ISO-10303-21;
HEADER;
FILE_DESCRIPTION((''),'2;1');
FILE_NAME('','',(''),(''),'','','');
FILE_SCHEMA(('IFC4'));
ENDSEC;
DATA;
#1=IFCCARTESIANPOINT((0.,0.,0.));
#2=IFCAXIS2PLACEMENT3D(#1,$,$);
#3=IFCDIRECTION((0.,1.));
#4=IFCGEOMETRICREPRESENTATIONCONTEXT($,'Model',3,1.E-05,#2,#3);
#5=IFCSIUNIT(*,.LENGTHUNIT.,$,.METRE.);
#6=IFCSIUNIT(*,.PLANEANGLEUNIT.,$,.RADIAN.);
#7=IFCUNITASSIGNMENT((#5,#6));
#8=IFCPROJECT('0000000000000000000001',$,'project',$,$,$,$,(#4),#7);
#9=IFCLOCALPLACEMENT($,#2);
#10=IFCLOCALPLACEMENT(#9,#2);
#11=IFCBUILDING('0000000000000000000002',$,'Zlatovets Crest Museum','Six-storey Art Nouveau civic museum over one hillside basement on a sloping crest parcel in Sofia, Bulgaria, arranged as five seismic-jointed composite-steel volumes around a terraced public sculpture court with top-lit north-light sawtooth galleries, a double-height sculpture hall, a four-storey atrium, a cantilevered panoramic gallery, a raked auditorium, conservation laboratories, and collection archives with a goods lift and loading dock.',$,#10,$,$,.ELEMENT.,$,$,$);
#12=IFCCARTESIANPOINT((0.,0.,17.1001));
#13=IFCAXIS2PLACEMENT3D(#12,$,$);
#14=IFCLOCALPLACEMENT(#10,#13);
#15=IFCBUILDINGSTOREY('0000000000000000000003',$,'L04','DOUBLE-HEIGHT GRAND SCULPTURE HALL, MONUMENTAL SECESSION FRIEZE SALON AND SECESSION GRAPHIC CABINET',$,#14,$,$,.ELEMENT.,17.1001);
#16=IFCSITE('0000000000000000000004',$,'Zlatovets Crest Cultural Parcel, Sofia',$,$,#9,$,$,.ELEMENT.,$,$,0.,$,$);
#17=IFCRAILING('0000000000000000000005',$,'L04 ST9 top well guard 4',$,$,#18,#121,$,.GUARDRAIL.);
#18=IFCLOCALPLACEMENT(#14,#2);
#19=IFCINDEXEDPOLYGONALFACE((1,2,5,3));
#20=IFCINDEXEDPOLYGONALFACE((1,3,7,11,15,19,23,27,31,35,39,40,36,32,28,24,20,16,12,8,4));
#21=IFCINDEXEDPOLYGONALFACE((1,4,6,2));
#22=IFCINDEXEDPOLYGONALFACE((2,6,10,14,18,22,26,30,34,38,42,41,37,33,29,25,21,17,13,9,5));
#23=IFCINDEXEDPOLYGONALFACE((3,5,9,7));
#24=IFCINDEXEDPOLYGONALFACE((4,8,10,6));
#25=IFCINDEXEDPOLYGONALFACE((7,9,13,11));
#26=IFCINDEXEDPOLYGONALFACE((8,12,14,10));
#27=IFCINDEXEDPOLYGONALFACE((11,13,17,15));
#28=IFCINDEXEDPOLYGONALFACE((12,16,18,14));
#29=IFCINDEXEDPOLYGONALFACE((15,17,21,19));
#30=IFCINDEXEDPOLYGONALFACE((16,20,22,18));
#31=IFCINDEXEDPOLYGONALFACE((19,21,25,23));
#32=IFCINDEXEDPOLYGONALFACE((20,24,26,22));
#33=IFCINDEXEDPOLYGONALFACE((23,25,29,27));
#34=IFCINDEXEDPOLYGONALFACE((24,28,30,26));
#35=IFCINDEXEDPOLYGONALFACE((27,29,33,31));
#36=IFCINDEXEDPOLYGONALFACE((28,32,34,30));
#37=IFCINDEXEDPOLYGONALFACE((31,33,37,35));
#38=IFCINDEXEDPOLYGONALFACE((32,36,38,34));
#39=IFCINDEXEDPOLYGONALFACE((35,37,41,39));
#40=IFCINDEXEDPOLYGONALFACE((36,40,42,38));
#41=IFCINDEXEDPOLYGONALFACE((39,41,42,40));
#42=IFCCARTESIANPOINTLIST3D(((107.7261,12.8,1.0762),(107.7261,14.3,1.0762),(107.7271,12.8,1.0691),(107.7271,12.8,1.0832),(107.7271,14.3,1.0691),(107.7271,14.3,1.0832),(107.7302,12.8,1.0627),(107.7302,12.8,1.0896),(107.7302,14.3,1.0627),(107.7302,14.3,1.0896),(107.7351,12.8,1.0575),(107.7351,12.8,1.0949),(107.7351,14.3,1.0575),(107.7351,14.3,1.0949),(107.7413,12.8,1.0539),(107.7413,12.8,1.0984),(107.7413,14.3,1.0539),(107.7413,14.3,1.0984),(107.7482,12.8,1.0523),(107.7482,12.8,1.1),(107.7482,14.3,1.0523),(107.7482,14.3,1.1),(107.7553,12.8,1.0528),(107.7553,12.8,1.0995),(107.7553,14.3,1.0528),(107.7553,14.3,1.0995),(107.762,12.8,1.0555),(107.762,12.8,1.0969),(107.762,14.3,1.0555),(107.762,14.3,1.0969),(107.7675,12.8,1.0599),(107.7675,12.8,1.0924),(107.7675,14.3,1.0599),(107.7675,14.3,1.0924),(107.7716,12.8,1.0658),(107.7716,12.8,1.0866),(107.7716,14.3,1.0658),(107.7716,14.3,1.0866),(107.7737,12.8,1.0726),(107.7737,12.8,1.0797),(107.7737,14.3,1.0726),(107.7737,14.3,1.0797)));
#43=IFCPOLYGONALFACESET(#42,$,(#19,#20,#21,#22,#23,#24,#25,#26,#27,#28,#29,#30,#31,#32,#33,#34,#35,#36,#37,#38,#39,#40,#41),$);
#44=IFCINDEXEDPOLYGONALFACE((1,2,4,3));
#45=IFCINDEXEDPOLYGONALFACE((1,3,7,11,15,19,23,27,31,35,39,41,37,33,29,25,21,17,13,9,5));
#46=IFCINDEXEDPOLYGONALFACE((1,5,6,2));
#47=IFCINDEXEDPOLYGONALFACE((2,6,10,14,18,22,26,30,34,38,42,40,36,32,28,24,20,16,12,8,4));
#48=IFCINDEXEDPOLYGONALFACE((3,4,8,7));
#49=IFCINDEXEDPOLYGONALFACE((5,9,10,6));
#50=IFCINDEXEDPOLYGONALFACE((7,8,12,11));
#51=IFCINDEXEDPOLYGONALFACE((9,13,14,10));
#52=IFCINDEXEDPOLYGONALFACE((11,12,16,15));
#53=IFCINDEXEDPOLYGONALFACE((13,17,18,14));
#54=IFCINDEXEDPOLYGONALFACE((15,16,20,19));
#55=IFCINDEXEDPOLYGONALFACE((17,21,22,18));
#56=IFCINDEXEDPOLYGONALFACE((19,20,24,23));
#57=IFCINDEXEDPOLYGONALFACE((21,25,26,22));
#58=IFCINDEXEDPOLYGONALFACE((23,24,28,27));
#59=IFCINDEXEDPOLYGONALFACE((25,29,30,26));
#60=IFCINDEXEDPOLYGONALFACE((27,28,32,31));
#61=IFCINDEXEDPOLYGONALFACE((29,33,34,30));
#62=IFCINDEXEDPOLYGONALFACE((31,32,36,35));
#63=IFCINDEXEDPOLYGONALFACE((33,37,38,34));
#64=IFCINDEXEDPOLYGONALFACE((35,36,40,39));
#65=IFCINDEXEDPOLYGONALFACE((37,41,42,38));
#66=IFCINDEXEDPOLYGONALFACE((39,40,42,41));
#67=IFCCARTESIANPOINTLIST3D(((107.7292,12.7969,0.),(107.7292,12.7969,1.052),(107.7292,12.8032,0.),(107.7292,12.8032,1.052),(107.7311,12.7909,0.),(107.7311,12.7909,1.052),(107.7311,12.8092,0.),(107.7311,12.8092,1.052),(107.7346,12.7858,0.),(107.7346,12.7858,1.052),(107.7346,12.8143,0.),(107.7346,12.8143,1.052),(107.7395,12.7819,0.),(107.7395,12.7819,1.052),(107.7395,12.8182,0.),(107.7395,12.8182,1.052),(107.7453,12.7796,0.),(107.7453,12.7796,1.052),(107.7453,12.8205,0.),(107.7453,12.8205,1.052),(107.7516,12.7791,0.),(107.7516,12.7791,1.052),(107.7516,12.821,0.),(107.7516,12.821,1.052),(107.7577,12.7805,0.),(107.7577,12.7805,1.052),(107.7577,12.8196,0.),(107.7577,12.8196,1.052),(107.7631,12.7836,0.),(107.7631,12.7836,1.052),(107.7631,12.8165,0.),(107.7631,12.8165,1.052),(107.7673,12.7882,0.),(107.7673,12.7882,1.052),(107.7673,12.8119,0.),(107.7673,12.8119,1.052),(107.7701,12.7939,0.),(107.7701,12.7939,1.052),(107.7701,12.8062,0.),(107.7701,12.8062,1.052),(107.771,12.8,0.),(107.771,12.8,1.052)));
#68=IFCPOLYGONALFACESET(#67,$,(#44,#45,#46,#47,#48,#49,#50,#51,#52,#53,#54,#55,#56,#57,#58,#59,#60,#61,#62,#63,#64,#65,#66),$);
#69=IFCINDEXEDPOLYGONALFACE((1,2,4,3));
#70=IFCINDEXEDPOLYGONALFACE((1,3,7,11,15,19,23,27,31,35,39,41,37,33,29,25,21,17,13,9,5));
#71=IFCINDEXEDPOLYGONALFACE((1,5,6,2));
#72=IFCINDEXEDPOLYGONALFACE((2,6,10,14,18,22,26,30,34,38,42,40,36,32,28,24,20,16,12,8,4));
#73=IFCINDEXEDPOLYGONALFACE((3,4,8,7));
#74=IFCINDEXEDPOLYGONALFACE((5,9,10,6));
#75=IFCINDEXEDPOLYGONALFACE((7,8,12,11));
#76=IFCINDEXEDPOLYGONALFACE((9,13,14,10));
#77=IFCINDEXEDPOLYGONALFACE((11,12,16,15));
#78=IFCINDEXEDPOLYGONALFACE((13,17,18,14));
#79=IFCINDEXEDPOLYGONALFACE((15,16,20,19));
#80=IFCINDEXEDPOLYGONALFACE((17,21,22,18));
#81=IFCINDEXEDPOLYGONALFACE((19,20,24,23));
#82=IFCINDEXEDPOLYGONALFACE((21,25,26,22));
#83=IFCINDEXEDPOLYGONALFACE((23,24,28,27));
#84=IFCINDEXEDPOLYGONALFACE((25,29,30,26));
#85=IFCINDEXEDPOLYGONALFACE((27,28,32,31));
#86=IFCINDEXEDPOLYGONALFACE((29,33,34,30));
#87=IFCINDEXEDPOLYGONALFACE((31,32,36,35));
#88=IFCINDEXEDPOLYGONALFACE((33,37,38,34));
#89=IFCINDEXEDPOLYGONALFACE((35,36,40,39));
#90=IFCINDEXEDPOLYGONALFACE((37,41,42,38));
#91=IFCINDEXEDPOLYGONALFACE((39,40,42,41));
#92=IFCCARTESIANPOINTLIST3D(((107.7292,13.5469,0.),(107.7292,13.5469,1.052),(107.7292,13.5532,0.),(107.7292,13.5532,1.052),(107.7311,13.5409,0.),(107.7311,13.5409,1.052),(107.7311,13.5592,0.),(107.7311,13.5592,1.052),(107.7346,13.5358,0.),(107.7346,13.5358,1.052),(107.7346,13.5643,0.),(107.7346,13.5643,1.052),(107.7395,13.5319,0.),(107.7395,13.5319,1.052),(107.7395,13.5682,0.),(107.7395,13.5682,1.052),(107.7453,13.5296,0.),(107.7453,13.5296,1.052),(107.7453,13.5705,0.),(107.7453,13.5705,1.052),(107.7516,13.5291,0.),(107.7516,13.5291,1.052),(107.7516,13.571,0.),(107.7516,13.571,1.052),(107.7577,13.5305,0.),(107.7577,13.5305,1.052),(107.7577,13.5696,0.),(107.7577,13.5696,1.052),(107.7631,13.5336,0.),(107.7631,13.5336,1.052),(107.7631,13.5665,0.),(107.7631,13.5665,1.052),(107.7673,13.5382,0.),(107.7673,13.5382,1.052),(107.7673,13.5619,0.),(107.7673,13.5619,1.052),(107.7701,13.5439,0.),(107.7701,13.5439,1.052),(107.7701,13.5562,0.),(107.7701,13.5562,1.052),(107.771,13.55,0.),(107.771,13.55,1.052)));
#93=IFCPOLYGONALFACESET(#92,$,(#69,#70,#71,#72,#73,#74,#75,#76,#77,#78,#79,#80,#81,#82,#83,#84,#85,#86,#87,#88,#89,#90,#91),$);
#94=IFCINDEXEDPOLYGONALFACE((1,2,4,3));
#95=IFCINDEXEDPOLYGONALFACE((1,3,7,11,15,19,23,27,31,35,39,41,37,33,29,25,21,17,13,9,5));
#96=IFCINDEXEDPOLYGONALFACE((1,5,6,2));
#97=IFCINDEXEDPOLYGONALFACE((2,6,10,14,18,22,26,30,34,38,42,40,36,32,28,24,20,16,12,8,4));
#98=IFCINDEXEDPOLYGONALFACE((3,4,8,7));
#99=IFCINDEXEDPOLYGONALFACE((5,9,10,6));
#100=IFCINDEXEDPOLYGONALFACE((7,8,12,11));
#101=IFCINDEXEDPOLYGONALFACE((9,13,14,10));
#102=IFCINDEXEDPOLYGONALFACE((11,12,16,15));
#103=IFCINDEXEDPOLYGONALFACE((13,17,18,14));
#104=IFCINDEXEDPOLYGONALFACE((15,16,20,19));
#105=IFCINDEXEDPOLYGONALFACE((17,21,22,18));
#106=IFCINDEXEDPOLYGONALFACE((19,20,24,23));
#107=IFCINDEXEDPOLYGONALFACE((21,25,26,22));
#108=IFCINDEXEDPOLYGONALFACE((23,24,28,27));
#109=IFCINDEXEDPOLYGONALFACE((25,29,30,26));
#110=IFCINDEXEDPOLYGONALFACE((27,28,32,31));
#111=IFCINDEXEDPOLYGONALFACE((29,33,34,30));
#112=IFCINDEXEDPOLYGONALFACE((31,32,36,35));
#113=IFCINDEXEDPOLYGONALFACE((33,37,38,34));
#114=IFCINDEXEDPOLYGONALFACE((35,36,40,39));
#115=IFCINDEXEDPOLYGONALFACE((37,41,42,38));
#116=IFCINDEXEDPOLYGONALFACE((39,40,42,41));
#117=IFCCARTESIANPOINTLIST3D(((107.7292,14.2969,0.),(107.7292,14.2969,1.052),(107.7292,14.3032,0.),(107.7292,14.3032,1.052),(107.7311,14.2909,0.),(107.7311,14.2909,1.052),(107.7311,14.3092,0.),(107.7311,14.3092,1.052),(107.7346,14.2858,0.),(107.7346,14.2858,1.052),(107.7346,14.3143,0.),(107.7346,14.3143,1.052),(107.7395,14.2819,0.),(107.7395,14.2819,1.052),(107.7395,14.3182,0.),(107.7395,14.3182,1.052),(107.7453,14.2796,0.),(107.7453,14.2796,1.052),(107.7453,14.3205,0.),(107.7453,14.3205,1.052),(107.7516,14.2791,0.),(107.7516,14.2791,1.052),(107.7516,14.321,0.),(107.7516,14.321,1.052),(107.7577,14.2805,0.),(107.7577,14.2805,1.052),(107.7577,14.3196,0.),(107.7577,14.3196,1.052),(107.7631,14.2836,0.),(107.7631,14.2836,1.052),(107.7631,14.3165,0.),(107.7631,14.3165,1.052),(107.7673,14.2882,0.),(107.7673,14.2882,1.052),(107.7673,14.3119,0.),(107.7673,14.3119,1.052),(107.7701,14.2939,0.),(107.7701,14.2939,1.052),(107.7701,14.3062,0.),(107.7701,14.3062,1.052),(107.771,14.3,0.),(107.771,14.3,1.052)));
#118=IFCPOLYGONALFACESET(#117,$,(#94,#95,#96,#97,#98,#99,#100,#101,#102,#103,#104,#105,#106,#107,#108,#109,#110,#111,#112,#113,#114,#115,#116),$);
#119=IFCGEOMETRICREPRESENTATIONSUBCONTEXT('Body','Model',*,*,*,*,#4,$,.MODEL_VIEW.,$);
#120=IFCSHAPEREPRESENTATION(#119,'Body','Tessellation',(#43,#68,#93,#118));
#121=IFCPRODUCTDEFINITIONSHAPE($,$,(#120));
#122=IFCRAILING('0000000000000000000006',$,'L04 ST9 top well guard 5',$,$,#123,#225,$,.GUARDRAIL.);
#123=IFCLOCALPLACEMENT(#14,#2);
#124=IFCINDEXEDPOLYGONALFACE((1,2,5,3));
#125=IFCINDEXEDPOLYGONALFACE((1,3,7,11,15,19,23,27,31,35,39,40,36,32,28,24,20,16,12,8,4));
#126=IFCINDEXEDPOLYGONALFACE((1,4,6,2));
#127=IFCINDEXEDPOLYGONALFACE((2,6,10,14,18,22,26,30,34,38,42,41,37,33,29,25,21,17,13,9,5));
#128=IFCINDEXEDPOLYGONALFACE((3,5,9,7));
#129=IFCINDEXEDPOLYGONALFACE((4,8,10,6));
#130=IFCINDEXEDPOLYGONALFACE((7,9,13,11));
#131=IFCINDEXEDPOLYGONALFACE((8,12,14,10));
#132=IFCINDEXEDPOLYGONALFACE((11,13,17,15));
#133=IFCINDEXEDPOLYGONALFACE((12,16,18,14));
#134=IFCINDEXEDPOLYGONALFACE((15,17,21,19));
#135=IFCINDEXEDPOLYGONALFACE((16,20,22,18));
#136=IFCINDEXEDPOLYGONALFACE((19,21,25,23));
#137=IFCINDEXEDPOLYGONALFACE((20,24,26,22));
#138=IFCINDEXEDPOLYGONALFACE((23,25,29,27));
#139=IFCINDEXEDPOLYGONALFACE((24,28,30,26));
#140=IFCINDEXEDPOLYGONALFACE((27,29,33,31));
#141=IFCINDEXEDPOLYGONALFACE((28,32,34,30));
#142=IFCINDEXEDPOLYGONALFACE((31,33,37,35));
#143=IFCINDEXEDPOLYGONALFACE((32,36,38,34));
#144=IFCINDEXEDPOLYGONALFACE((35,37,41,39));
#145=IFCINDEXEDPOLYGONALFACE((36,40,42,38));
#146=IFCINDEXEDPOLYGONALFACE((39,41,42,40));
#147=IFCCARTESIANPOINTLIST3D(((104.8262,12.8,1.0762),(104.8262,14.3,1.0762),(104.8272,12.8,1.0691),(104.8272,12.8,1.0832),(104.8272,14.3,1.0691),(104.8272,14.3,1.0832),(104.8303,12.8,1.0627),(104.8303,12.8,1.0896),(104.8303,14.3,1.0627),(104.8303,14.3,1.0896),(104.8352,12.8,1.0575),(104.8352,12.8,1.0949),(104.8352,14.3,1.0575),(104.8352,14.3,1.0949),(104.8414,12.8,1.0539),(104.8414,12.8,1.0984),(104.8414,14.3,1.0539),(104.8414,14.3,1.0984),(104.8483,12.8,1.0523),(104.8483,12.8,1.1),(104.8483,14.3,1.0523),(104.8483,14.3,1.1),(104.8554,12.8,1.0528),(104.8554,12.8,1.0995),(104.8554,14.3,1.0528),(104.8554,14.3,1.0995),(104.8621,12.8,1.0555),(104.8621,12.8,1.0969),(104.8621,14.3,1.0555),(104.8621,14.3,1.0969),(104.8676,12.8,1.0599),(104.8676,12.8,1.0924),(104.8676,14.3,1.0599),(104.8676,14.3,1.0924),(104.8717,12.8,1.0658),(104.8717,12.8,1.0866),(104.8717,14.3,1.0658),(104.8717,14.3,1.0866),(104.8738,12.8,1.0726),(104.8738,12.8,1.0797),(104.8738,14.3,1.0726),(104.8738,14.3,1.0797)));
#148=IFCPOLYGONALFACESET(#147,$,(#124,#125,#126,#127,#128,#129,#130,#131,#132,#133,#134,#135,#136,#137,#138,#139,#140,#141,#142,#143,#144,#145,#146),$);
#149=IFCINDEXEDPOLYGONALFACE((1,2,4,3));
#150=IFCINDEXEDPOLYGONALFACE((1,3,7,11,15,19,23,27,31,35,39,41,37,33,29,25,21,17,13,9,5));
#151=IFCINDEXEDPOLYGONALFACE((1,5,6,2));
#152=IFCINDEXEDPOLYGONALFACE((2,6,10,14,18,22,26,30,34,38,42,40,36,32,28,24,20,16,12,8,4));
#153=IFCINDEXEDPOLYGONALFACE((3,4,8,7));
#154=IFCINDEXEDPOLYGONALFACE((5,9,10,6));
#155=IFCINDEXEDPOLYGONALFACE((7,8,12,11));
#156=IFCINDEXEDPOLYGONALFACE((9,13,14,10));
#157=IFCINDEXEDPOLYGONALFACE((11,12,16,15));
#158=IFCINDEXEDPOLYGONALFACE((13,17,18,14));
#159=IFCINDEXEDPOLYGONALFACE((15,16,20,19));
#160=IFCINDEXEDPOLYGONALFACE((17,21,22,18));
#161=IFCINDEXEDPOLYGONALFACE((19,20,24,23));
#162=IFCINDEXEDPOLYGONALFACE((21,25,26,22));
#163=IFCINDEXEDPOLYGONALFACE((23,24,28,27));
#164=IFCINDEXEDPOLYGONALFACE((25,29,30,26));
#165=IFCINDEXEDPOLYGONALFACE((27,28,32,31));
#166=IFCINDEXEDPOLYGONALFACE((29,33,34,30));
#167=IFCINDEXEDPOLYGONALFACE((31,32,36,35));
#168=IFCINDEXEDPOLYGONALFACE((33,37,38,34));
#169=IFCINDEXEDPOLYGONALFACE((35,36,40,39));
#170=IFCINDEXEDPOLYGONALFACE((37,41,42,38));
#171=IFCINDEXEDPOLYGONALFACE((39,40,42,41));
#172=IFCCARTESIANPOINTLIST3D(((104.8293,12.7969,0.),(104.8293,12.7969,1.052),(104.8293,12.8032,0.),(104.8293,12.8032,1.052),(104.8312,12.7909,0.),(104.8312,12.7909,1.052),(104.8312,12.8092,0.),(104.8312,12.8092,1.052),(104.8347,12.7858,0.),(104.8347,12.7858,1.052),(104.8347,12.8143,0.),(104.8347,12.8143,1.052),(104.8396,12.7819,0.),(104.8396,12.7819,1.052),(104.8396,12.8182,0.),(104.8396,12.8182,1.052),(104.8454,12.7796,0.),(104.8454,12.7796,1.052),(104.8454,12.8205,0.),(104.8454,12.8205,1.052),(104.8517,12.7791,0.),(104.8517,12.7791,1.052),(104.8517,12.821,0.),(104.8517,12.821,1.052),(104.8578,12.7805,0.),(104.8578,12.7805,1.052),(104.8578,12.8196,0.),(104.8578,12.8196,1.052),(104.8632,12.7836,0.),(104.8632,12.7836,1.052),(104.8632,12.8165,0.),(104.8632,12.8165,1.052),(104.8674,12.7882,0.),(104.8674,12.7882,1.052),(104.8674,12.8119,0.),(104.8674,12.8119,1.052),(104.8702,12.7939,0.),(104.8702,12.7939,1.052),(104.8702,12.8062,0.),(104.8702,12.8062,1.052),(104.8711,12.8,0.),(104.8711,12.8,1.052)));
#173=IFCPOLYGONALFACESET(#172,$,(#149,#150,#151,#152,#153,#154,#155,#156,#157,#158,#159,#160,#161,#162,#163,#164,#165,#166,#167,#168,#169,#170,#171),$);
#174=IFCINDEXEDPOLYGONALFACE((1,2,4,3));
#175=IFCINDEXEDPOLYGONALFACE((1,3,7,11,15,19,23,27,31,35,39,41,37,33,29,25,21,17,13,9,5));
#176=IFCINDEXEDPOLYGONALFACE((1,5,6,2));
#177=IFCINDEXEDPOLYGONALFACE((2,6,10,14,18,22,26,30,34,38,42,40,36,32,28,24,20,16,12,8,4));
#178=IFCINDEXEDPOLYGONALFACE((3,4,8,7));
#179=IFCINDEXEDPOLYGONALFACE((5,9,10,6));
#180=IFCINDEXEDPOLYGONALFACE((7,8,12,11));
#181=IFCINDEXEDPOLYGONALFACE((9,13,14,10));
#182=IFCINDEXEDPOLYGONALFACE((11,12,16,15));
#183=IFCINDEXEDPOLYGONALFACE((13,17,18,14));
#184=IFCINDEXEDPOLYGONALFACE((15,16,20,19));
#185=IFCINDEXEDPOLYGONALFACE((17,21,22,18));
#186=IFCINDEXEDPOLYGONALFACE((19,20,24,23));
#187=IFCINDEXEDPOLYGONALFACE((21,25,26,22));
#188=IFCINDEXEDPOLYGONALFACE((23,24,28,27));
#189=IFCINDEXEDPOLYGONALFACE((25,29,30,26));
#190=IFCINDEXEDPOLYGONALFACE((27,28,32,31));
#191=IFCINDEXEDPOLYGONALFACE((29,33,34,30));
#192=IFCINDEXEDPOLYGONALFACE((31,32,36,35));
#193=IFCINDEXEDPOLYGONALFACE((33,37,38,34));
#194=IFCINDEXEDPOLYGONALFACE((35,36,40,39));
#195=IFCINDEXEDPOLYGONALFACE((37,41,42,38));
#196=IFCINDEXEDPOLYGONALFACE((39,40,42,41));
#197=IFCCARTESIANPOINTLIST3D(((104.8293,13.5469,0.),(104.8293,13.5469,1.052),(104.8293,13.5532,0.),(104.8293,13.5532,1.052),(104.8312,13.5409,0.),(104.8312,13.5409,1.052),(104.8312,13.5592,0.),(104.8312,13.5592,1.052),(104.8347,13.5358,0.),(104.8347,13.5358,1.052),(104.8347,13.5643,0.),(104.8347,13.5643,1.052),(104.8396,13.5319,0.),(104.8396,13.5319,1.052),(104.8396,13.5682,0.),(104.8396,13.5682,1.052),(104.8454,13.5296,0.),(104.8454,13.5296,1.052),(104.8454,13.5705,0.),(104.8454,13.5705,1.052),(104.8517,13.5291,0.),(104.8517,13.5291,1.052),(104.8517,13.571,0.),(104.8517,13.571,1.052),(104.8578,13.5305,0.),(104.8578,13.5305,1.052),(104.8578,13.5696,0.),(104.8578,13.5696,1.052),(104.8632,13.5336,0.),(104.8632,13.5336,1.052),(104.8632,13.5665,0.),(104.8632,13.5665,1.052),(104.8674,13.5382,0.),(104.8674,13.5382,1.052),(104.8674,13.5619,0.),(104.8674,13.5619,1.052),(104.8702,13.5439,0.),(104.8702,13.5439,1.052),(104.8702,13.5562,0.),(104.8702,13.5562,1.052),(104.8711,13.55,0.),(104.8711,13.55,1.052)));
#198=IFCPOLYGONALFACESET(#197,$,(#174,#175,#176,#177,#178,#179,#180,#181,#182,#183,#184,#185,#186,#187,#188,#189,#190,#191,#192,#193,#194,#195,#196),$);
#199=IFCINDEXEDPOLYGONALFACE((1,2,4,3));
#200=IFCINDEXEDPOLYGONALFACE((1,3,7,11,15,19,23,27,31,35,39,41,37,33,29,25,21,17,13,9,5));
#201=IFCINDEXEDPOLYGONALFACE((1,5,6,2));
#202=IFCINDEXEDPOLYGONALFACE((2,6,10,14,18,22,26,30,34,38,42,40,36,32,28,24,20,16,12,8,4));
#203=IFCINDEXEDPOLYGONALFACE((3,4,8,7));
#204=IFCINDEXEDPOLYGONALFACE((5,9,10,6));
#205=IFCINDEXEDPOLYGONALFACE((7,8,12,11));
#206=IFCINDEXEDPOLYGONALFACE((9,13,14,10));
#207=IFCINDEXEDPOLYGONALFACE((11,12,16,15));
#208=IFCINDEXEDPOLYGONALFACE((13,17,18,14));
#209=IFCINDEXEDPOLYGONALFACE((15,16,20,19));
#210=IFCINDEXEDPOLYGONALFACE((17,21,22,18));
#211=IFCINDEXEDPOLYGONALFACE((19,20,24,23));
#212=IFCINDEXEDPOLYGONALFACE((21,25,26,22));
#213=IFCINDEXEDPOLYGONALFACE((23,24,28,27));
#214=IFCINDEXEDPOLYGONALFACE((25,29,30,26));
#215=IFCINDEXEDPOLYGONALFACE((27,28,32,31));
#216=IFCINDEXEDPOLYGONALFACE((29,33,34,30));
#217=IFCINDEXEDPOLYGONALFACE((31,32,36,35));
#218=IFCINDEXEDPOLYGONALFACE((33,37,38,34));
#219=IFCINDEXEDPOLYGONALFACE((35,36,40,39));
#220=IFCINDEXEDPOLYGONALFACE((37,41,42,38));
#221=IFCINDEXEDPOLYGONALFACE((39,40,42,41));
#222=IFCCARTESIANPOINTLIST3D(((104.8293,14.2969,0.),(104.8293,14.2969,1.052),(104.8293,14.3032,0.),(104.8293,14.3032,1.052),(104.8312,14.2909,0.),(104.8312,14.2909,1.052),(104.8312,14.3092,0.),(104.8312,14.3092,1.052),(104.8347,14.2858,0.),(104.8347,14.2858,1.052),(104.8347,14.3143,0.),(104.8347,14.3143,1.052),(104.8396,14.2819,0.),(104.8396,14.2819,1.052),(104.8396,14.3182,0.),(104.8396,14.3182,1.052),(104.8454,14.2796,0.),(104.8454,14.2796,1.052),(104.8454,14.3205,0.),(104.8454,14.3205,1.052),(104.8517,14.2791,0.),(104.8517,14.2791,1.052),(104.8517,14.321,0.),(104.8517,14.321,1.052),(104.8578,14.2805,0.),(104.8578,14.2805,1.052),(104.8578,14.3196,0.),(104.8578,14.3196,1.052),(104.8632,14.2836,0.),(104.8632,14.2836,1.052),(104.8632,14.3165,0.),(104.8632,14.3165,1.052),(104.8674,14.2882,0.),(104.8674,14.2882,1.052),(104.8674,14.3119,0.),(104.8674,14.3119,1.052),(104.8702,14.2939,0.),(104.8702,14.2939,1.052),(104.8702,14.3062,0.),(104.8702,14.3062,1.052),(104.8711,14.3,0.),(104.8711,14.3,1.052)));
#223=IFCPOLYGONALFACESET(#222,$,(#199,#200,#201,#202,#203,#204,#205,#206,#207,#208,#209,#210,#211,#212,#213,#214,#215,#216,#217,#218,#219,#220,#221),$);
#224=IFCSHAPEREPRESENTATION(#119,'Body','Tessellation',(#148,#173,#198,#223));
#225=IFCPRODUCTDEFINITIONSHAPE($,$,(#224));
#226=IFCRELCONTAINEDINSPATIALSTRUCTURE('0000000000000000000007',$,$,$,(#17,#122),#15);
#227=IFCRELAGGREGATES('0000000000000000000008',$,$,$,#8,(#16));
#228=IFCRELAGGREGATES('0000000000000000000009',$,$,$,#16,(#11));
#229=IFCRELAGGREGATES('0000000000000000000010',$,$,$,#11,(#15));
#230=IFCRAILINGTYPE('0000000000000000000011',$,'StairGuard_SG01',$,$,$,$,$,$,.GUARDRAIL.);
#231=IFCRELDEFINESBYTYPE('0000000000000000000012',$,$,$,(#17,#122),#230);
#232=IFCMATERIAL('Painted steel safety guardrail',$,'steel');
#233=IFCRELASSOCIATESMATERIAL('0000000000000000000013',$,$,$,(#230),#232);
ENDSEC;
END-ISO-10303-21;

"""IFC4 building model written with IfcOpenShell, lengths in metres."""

from ifc_helpers import new_model, si_unit, direction, frame, origin, origin_2d, place, context, subcontext, project, spatial, circle, extrude, material, type_object, element, save


model = new_model("IFC4")

# Units and contexts
model_context = context("Model", 3, precision=1e-05, world=origin(), true_north=direction((0.0, 1.0)))
body_context = subcontext(model_context, "Body", "Model", "MODEL_VIEW")
ifc_project = project(units=[si_unit("LENGTHUNIT", "METRE"), si_unit("PLANEANGLEUNIT", "RADIAN")], contexts=[model_context])

# Site, building, storey
site_placement = place(None, origin())
site = spatial("IfcSite", under=ifc_project, at=site_placement, Name="Zlatovets Crest Cultural Parcel, Sofia", CompositionType="ELEMENT", RefElevation=0.0)
building_placement = place(site_placement, origin())
building = spatial("IfcBuilding", under=site, at=building_placement, Name="Zlatovets Crest Museum", Description="Six-storey Art Nouveau civic museum over one hillside basement on a sloping crest parcel in Sofia, Bulgaria, arranged as five seismic-jointed composite-steel volumes around a terraced public sculpture court with top-lit north-light sawtooth galleries, a double-height sculpture hall, a four-storey atrium, a cantilevered panoramic gallery, a raked auditorium, conservation laboratories, and collection archives with a goods lift and loading dock.", CompositionType="ELEMENT")
storey_placement = place(building_placement, frame((0.0, 0.0, 17.1001)))
storey = spatial("IfcBuildingStorey", under=building, at=storey_placement, Name="L04", Description="DOUBLE-HEIGHT GRAND SCULPTURE HALL, MONUMENTAL SECESSION FRIEZE SALON AND SECESSION GRAPHIC CABINET", CompositionType="ELEMENT", Elevation=17.1001)

# Railings
ifc_material_1 = material(Name="Painted steel safety guardrail", Category="steel")
railing_type = type_object("IfcRailingType", Name="StairGuard_SG01", PredefinedType="GUARDRAIL", material=ifc_material_1)
for number, where, name in (
    (1, (107.75, 12.8, 0.0), "L04 ST9 top well guard 4"),
    (2, (104.8501, 12.8, 0.0), "L04 ST9 top well guard 5"),
):
    element("IfcRailing", number, at=place(storey_placement, frame(where)), inside=storey, type_object=railing_type, Name=name, PredefinedType="GUARDRAIL", context=body_context, shape_type="SweptSolid", body=[
        extrude(circle(Radius=0.0239, at=origin_2d()), frame((0.0, 0.0, 1.0762), z_axis=(0.0, 1.0, 0.0), x_axis=(-1.0, 0.0, 0.0)), (0.0, 0.0, 1.0), 1.5),
        extrude(circle(Radius=0.021, at=origin_2d()), origin(), (0.0, 0.0, 1.0), 1.052),
        extrude(circle(Radius=0.021, at=origin_2d()), frame((0.0, 0.75, 0.0)), (0.0, 0.0, 1.0), 1.052),
        extrude(circle(Radius=0.021, at=origin_2d()), frame((0.0, 1.5, 0.0)), (0.0, 0.0, 1.0), 1.052),
    ])

save(model, "model.ifc")
